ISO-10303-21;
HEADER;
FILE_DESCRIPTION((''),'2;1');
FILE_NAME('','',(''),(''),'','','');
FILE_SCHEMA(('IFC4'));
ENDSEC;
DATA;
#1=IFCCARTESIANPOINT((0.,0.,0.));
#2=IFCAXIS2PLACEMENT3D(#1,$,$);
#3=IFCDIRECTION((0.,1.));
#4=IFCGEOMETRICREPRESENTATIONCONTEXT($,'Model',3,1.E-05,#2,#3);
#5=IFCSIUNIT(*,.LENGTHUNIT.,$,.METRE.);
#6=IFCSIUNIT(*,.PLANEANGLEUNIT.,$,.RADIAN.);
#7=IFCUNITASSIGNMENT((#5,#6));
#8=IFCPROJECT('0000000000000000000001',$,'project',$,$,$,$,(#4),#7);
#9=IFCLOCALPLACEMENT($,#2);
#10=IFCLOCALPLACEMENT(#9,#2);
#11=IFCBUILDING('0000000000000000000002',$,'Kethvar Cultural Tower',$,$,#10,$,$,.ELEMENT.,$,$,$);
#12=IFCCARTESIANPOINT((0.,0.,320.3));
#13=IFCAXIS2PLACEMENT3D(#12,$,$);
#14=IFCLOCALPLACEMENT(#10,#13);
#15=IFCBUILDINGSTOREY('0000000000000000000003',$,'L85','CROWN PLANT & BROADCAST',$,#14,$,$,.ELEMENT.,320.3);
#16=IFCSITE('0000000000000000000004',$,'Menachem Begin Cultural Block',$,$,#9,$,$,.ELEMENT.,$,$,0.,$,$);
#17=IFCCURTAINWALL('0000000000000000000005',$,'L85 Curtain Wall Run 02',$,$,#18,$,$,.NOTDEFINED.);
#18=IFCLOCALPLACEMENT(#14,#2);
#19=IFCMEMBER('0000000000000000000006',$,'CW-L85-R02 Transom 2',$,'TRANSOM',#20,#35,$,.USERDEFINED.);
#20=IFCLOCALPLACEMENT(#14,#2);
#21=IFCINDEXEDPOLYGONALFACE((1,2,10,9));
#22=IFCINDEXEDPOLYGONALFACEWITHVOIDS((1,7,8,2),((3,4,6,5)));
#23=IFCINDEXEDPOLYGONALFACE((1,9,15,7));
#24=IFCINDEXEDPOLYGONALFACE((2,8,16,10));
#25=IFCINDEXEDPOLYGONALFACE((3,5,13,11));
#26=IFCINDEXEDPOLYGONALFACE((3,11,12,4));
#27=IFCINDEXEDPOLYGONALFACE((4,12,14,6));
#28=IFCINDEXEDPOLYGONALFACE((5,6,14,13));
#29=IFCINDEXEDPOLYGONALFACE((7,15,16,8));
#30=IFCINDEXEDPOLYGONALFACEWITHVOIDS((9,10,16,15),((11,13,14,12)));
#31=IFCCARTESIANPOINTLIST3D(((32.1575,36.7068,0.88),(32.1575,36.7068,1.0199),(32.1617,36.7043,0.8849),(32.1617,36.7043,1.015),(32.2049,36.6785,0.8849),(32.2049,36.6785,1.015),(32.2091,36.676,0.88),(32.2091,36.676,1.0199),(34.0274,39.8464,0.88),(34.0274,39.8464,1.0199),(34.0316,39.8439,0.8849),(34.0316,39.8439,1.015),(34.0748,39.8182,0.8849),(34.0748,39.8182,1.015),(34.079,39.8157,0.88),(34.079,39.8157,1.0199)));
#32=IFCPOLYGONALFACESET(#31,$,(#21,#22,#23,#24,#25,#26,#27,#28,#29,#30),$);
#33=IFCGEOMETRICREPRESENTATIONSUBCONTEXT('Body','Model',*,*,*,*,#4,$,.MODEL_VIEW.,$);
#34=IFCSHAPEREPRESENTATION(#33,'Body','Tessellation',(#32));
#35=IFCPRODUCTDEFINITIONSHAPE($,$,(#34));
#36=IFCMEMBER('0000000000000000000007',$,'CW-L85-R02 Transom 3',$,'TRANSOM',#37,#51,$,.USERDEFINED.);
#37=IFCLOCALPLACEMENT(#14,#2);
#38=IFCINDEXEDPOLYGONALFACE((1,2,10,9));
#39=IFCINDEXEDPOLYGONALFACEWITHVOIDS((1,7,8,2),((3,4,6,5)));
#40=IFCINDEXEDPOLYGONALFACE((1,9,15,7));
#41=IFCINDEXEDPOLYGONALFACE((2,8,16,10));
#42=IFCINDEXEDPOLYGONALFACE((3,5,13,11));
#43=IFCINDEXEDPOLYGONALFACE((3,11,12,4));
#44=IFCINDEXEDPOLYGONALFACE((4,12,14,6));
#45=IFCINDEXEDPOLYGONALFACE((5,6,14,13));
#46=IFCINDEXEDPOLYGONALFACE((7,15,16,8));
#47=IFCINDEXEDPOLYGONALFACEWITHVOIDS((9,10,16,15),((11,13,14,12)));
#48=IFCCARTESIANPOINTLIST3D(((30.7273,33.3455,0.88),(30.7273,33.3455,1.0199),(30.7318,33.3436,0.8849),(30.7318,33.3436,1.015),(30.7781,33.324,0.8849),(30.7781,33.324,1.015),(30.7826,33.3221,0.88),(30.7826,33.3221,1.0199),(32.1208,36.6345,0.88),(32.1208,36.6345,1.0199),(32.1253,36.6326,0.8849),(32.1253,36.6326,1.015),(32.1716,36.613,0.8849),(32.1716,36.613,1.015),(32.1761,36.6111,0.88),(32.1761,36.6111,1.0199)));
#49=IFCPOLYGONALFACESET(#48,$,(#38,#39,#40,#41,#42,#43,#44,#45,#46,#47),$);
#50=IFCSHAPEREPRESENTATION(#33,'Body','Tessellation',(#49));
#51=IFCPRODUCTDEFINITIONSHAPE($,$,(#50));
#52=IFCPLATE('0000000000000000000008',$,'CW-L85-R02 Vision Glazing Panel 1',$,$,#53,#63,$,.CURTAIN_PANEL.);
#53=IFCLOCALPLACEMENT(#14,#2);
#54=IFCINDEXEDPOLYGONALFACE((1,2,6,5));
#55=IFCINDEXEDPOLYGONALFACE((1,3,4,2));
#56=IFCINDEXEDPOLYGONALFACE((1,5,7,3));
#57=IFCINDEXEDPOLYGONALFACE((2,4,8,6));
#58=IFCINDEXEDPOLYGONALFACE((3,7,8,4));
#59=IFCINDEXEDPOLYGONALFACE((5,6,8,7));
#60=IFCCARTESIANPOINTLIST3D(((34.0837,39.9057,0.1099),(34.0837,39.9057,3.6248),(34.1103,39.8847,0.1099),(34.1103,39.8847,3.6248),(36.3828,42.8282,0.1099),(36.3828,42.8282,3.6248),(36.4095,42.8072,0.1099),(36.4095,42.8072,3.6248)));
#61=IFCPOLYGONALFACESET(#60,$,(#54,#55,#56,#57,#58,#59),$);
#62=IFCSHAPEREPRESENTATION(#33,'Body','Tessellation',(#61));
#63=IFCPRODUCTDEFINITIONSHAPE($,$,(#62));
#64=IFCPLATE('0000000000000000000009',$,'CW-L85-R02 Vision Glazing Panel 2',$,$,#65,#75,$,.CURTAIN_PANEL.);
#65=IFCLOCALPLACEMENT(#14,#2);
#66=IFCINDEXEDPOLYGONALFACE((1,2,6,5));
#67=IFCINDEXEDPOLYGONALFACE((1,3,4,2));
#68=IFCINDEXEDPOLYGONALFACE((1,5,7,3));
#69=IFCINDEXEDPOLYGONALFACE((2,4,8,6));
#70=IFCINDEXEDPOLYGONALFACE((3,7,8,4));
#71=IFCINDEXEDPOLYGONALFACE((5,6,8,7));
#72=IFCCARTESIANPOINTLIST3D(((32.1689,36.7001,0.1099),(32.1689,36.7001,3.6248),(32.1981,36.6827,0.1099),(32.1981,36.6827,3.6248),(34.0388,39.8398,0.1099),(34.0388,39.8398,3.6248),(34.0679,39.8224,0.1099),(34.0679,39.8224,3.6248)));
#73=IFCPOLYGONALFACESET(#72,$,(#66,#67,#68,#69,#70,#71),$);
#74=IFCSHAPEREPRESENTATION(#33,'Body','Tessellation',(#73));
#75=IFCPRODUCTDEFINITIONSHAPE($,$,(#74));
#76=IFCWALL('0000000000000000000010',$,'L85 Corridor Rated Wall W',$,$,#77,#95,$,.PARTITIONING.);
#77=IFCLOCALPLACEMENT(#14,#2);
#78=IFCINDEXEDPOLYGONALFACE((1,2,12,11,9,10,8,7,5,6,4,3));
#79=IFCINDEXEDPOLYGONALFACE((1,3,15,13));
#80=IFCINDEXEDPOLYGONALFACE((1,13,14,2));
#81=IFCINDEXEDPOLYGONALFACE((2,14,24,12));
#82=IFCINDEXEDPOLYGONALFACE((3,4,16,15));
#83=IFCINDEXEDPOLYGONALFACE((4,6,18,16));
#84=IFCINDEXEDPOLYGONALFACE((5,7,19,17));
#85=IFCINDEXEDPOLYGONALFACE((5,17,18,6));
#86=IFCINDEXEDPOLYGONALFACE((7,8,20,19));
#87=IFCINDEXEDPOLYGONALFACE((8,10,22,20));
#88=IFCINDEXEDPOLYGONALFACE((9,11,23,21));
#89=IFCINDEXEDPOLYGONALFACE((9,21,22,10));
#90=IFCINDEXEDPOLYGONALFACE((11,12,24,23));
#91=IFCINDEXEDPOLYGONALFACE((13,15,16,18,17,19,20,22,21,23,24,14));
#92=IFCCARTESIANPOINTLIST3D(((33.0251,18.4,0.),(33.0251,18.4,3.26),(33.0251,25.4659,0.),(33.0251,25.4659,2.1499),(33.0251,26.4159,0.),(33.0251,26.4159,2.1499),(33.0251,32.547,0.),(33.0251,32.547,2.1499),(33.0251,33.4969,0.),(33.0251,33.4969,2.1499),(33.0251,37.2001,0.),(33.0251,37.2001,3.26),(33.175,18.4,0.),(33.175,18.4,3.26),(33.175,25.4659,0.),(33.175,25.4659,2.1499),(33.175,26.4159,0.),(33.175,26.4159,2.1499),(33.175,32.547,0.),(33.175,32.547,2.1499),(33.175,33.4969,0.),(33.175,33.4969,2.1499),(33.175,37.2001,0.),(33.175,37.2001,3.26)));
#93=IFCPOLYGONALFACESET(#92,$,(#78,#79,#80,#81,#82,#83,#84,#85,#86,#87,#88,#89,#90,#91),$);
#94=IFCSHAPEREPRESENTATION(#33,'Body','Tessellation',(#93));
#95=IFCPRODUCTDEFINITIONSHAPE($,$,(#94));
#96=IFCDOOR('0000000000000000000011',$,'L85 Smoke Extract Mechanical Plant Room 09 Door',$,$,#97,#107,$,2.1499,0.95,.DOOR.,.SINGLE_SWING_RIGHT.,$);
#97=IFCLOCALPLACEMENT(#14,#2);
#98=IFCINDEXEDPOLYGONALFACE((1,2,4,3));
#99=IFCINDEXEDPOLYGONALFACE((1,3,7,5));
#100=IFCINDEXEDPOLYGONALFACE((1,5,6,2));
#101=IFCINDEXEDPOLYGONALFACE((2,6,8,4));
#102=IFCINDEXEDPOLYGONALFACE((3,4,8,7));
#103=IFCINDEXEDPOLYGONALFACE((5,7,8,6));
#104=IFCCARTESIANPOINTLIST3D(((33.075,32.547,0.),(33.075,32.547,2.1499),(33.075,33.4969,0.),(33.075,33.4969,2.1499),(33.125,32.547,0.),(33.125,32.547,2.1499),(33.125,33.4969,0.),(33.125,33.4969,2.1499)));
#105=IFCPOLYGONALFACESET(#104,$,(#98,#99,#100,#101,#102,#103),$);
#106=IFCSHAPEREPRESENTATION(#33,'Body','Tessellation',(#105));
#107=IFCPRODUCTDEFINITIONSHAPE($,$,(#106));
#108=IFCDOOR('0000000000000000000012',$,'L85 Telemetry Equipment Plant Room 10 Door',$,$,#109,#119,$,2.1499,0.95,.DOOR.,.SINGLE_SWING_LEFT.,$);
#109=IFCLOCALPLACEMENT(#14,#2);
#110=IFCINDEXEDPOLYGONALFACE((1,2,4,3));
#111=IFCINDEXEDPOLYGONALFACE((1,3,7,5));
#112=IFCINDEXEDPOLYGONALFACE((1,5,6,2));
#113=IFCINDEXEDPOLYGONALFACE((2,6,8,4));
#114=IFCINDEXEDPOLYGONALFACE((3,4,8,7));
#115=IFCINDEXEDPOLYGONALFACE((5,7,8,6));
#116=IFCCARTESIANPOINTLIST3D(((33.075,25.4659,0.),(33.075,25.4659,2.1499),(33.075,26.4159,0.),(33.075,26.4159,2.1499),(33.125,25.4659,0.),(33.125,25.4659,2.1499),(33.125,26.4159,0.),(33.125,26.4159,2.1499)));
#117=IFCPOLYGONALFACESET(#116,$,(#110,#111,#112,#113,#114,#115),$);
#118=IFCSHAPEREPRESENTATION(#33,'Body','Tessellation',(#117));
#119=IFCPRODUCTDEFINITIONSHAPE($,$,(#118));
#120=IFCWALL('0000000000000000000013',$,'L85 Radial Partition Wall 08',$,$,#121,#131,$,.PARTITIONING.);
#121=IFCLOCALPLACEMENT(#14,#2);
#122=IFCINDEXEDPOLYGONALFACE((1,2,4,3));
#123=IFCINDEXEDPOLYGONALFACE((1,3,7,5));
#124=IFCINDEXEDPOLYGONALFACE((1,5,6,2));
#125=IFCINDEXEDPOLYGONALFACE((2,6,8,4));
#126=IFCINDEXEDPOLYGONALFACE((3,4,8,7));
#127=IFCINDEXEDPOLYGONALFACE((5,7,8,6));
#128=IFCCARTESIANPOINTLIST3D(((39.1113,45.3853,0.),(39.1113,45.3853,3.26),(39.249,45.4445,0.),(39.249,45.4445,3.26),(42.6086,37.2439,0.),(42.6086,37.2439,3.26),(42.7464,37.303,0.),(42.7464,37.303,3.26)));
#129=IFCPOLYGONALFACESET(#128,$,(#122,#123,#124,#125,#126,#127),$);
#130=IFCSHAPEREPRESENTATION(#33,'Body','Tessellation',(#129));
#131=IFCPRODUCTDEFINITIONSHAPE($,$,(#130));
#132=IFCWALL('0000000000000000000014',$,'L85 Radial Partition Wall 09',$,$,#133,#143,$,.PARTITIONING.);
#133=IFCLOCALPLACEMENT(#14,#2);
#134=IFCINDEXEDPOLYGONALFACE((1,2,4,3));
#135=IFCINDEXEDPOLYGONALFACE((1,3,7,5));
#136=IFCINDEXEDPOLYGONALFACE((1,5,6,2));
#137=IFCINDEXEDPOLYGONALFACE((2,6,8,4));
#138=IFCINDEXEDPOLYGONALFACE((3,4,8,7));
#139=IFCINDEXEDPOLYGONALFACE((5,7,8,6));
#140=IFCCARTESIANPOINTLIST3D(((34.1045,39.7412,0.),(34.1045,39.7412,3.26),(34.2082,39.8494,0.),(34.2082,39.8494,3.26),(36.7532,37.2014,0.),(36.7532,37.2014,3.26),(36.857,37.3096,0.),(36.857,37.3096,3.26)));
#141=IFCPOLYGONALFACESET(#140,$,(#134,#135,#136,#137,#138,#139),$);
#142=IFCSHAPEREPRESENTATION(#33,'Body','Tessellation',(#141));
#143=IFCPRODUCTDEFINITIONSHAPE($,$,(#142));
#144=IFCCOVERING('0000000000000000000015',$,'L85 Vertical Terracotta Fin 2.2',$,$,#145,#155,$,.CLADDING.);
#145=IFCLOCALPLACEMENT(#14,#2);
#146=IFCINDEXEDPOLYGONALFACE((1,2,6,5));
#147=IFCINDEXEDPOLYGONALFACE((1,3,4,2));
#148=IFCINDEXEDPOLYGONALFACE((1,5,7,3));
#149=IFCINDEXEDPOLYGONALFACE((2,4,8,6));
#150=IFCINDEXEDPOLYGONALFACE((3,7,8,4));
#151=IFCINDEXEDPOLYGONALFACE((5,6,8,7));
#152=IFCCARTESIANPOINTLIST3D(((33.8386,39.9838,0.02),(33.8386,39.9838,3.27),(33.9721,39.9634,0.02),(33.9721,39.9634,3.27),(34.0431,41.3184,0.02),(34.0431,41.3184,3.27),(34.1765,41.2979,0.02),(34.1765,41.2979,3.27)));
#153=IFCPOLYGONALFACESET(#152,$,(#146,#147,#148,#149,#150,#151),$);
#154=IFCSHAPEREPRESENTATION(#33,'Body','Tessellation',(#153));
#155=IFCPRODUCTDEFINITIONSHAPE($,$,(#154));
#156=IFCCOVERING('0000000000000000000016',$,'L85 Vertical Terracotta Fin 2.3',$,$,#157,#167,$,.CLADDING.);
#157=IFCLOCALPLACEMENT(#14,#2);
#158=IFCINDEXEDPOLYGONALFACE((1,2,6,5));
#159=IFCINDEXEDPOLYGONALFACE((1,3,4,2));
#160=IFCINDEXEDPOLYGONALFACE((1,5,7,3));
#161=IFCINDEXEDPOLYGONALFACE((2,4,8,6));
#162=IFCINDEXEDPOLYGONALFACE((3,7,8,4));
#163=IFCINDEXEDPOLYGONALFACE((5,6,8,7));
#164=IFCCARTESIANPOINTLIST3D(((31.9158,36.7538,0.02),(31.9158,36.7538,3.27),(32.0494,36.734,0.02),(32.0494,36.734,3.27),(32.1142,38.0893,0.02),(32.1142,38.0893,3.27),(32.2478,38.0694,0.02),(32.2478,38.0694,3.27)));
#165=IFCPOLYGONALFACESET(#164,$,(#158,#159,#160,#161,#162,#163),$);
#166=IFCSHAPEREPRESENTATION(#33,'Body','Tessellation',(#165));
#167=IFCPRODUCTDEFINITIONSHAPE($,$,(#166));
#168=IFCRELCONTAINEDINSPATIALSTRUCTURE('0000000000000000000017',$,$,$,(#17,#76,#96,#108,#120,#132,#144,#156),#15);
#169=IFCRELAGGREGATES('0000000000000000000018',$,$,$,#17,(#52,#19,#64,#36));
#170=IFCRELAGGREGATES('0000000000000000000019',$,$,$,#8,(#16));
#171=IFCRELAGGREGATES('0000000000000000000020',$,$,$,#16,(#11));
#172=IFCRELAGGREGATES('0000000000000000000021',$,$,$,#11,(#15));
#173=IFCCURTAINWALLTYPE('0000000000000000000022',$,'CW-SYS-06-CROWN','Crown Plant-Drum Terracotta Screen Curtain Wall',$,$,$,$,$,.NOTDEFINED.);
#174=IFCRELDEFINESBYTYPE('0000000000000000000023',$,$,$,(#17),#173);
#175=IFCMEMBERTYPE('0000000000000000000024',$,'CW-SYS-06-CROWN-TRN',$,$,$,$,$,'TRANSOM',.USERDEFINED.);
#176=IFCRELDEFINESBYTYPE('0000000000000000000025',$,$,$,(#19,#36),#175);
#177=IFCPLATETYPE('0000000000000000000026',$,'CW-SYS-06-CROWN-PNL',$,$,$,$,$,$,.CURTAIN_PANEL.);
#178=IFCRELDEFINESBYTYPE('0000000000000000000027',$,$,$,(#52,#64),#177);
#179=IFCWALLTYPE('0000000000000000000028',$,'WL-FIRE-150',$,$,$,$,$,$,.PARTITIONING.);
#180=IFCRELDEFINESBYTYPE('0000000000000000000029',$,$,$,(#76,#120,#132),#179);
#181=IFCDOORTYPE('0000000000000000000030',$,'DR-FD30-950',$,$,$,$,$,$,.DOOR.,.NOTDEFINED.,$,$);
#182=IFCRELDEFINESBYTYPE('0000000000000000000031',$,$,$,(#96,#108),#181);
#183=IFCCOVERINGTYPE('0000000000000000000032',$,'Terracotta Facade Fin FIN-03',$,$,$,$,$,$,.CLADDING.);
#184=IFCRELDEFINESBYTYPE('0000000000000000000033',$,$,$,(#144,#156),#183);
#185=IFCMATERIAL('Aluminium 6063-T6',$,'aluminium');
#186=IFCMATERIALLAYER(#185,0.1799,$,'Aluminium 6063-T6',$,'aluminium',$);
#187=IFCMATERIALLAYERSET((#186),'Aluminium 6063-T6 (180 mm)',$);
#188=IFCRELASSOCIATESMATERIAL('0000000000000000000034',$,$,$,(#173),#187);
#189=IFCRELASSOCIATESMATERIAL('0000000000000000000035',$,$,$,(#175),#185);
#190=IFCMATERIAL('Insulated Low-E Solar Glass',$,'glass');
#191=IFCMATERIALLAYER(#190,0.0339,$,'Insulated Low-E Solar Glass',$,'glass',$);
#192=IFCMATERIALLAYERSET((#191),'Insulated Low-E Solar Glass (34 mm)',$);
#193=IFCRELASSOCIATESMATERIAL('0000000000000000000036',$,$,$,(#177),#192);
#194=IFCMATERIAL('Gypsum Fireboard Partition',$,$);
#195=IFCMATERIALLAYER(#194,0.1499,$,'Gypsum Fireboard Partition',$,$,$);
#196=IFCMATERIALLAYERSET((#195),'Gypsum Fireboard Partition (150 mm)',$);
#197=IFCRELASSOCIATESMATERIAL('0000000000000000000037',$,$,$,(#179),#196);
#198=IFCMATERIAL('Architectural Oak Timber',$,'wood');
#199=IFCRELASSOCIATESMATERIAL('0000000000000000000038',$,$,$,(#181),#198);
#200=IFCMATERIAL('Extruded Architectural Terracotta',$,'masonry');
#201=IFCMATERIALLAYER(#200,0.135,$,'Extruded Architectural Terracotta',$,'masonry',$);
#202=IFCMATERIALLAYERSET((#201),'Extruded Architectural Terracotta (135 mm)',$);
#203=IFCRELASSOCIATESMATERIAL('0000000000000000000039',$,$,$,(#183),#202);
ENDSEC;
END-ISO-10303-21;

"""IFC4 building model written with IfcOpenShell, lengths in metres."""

from ifc_helpers import new_model, si_unit, direction, frame, frame_2d, origin, origin_2d, place, context, subcontext, project, spatial, rectangle, hollow_rectangle, extrude, source, transform, mapped, material, layer, layer_set, material_profile, profile_set, type_object, element, fill, aggregate, save


model = new_model("IFC4")

# Units and contexts
model_context = context("Model", 3, precision=1e-05, world=origin(), true_north=direction((0.0, 1.0)))
body_context = subcontext(model_context, "Body", "Model", "MODEL_VIEW")
ifc_project = project(units=[si_unit("LENGTHUNIT", "METRE"), si_unit("PLANEANGLEUNIT", "RADIAN")], contexts=[model_context])

# Site, building, storey
site_placement = place(None, origin())
site = spatial("IfcSite", under=ifc_project, at=site_placement, Name="Menachem Begin Cultural Block", CompositionType="ELEMENT", RefElevation=0.0)
building_placement = place(site_placement, origin())
building = spatial("IfcBuilding", under=site, at=building_placement, Name="Kethvar Cultural Tower", CompositionType="ELEMENT")
storey_placement = place(building_placement, frame((0.0, 0.0, 320.3)))
storey = spatial("IfcBuildingStorey", under=building, at=storey_placement, Name="L85", Description="CROWN PLANT & BROADCAST", CompositionType="ELEMENT", Elevation=320.3)

# Curtain wall, members, plates
ifc_material_1 = material(Name="Aluminium 6063-T6", Category="aluminium")
ifc_layer_1 = layer(ifc_material_1, 0.1799, Name="Aluminium 6063-T6", Category="aluminium")
ifc_layer_set_1 = layer_set([ifc_layer_1], Name="Aluminium 6063-T6 (180 mm)")
curtain_wall_type = type_object("IfcCurtainWallType", Name="CW-SYS-06-CROWN", Description="Crown Plant-Drum Terracotta Screen Curtain Wall", PredefinedType="NOTDEFINED", material=ifc_layer_set_1)
curtain_wall_placement = place(storey_placement, origin())
curtain_wall = element("IfcCurtainWall", 1, at=curtain_wall_placement, inside=storey, type_object=curtain_wall_type, Name="L85 Curtain Wall Run 02", PredefinedType="NOTDEFINED")
ifc_material_profile_1 = material_profile(ifc_material_1, hollow_rectangle(XDim=0.0601, YDim=0.1399, WallThickness=0.0049, at=origin_2d()), Name="Aluminium 6063-T6 — RHS140x60x5")
ifc_profile_set_1 = profile_set([ifc_material_profile_1], Name="Aluminium 6063-T6 — RHS140x60x5")
member_type_1 = type_object("IfcMemberType", Name="CW-SYS-06-CROWN-TRN", ElementType="TRANSOM", PredefinedType="USERDEFINED", material=ifc_profile_set_1)
shared_shape_1 = source(origin(), body_context, "Body", "SweptSolid", [
    extrude(hollow_rectangle(XDim=0.0601, YDim=0.1399, WallThickness=0.0049, at=origin_2d()), origin(), (0.0, 0.0, 1.0), 3.6543),
])
member_1_placement = place(storey_placement, frame((34.0532, 39.8311, 0.95), z_axis=(-0.511693, -0.859168, 0.0), x_axis=(0.859168, -0.511693, 0.0)))
member_1 = element("IfcMember", 2, at=member_1_placement, type_object=member_type_1, Name="CW-L85-R02 Transom 2", ObjectType="TRANSOM", PredefinedType="USERDEFINED", context=body_context, shape_type="MappedRepresentation", body=[
    mapped(shared_shape_1, transform((0.0, 0.0, 0.0), scale=1.0)),
])
shared_shape_2 = source(origin(), body_context, "Body", "SweptSolid", [
    extrude(hollow_rectangle(XDim=0.0601, YDim=0.1399, WallThickness=0.0049, at=origin_2d()), origin(), (0.0, 0.0, 1.0), 3.572),
])
member_2_placement = place(storey_placement, frame((32.1484, 36.6228, 0.95), z_axis=(-0.390122, -0.920763, 0.0), x_axis=(0.920763, -0.390122, 0.0)))
member_2 = element("IfcMember", 3, at=member_2_placement, type_object=member_type_1, Name="CW-L85-R02 Transom 3", ObjectType="TRANSOM", PredefinedType="USERDEFINED", context=body_context, shape_type="MappedRepresentation", body=[
    mapped(shared_shape_2, transform((0.0, 0.0, 0.0), scale=1.0)),
])
ifc_material_2 = material(Name="Insulated Low-E Solar Glass", Category="glass")
ifc_layer_2 = layer(ifc_material_2, 0.0339, Name="Insulated Low-E Solar Glass", Category="glass")
ifc_layer_set_2 = layer_set([ifc_layer_2], Name="Insulated Low-E Solar Glass (34 mm)")
plate_type = type_object("IfcPlateType", Name="CW-SYS-06-CROWN-PNL", PredefinedType="CURTAIN_PANEL", material=ifc_layer_set_2)
shared_shape_3 = source(origin(), body_context, "Body", "SweptSolid", [
    extrude(rectangle(XDim=3.7185, YDim=0.0339, at=origin_2d()), origin(), (0.0, 0.0, 1.0), 3.5149),
])
plate_1_placement = place(storey_placement, frame((35.2466, 41.3564, 0.1099), z_axis=(0.0, 0.0, 1.0), x_axis=(-0.618299, -0.785943, 0.0)))
plate_1 = element("IfcPlate", 4, at=plate_1_placement, type_object=plate_type, Name="CW-L85-R02 Vision Glazing Panel 1", PredefinedType="CURTAIN_PANEL", context=body_context, shape_type="MappedRepresentation", body=[
    mapped(shared_shape_3, transform((0.0, 0.0, 0.0), scale=1.0)),
])
shared_shape_4 = source(origin(), body_context, "Body", "SweptSolid", [
    extrude(rectangle(XDim=3.6543, YDim=0.0339, at=origin_2d()), origin(), (0.0, 0.0, 1.0), 3.5149),
])
plate_2_placement = place(storey_placement, frame((33.1184, 38.2612, 0.1099), z_axis=(0.0, 0.0, 1.0), x_axis=(-0.511683, -0.859174, 0.0)))
plate_2 = element("IfcPlate", 5, at=plate_2_placement, type_object=plate_type, Name="CW-L85-R02 Vision Glazing Panel 2", PredefinedType="CURTAIN_PANEL", context=body_context, shape_type="MappedRepresentation", body=[
    mapped(shared_shape_4, transform((0.0, 0.0, 0.0), scale=1.0)),
])
aggregate(curtain_wall, [plate_1, member_1, plate_2, member_2])

# Wall, openings, doors
ifc_material_3 = material(Name="Gypsum Fireboard Partition")
ifc_layer_3 = layer(ifc_material_3, 0.1499, Name="Gypsum Fireboard Partition")
ifc_layer_set_3 = layer_set([ifc_layer_3], Name="Gypsum Fireboard Partition (150 mm)")
wall_type = type_object("IfcWallType", Name="WL-FIRE-150", PredefinedType="PARTITIONING", material=ifc_layer_set_3)
wall_1_placement = place(storey_placement, frame((33.1001, 37.2, 0.0), z_axis=(0.0, 0.0, 1.0), x_axis=(0.0, -1.0, 0.0)))
wall_1 = element("IfcWall", 6, at=wall_1_placement, inside=storey, type_object=wall_type, Name="L85 Corridor Rated Wall W", PredefinedType="PARTITIONING", context=body_context, shape_type="SweptSolid", body=[
    extrude(rectangle(XDim=18.8, YDim=0.1499, at=frame_2d((9.3999, 0.0))), origin(), (0.0, 0.0, 1.0), 3.26),
])
opening_1_placement = place(wall_1_placement, frame((3.7029, 0.0, 0.0)))
opening_1 = element("IfcOpeningElement", 7, at=opening_1_placement, cuts=wall_1, PredefinedType="OPENING", context=body_context, shape_type="SweptSolid", body=[
    extrude(rectangle(XDim=0.95, YDim=2.1499, at=frame_2d((0.4751, 1.075))), frame((0.0, 0.085, 0.0), z_axis=(0.0, -1.0, 0.0), x_axis=(1.0, 0.0, 0.0)), (0.0, 0.0, 1.0), 0.1699),
])
opening_2_placement = place(wall_1_placement, frame((10.7839, 0.0, 0.0)))
opening_2 = element("IfcOpeningElement", 8, at=opening_2_placement, cuts=wall_1, PredefinedType="OPENING", context=body_context, shape_type="SweptSolid", body=[
    extrude(rectangle(XDim=0.95, YDim=2.1499, at=frame_2d((0.4751, 1.075))), frame((0.0, 0.085, 0.0), z_axis=(0.0, -1.0, 0.0), x_axis=(1.0, 0.0, 0.0)), (0.0, 0.0, 1.0), 0.1699),
])
ifc_material_4 = material(Name="Architectural Oak Timber", Category="wood")
door_type = type_object("IfcDoorType", Name="DR-FD30-950", OperationType="NOTDEFINED", PredefinedType="DOOR", material=ifc_material_4)
shared_shape_5 = source(origin(), body_context, "Body", "SweptSolid", [
    extrude(rectangle(XDim=0.95, YDim=2.1499, at=frame_2d((0.4751, 1.075))), frame((0.0, 0.0249, 0.0), z_axis=(0.0, -1.0, 0.0), x_axis=(1.0, 0.0, 0.0)), (0.0, 0.0, 1.0), 0.05),
])
door_1_placement = place(opening_1_placement, origin())
door_1 = element("IfcDoor", 9, at=door_1_placement, inside=storey, type_object=door_type, Name="L85 Smoke Extract Mechanical Plant Room 09 Door", OperationType="SINGLE_SWING_RIGHT", OverallHeight=2.1499, OverallWidth=0.95, PredefinedType="DOOR", context=body_context, shape_type="MappedRepresentation", body=[
    mapped(shared_shape_5, transform((0.0, 0.0, 0.0), scale=1.0)),
])
fill(opening_1, door_1)
door_2_placement = place(opening_2_placement, origin())
door_2 = element("IfcDoor", 10, at=door_2_placement, inside=storey, type_object=door_type, Name="L85 Telemetry Equipment Plant Room 10 Door", OperationType="SINGLE_SWING_LEFT", OverallHeight=2.1499, OverallWidth=0.95, PredefinedType="DOOR", context=body_context, shape_type="MappedRepresentation", body=[
    mapped(shared_shape_5, transform((0.0, 0.0, 0.0), scale=1.0)),
])
fill(opening_2, door_2)

# Walls
wall_2_placement = place(storey_placement, frame((42.6775, 37.2734, 0.0), z_axis=(0.0, 0.0, 1.0), x_axis=(-0.394697, 0.918811, 0.0)))
element("IfcWall", 11, at=wall_2_placement, inside=storey, type_object=wall_type, Name="L85 Radial Partition Wall 08", PredefinedType="PARTITIONING", context=body_context, shape_type="SweptSolid", body=[
    extrude(rectangle(XDim=8.8608, YDim=0.1499, at=frame_2d((4.4304, 0.0))), origin(), (0.0, 0.0, 1.0), 3.26),
])
wall_3_placement = place(storey_placement, frame((36.8052, 37.2554, 0.0), z_axis=(0.0, 0.0, 1.0), x_axis=(-0.721787, 0.692115, 0.0)))
element("IfcWall", 12, at=wall_3_placement, inside=storey, type_object=wall_type, Name="L85 Radial Partition Wall 09", PredefinedType="PARTITIONING", context=body_context, shape_type="SweptSolid", body=[
    extrude(rectangle(XDim=3.6697, YDim=0.1499, at=frame_2d((1.835, 0.0))), origin(), (0.0, 0.0, 1.0), 3.26),
])

# Coverings
ifc_material_5 = material(Name="Extruded Architectural Terracotta", Category="masonry")
ifc_layer_4 = layer(ifc_material_5, 0.135, Name="Extruded Architectural Terracotta", Category="masonry")
ifc_layer_set_4 = layer_set([ifc_layer_4], Name="Extruded Architectural Terracotta (135 mm)")
covering_type = type_object("IfcCoveringType", Name="Terracotta Facade Fin FIN-03", PredefinedType="CLADDING", material=ifc_layer_set_4)
shared_shape_6 = source(origin(), body_context, "Body", "SweptSolid", [
    extrude(rectangle(XDim=1.3501, YDim=0.135, at=origin_2d()), origin(), (0.0, 0.0, 1.0), 3.25),
])
for number, where, z_axis, x_axis, name in (
    (13, (34.0076, 40.6409, 0.02), (0.0, 0.0, 1.0), (0.151433, 0.988467, 0.0), "L85 Vertical Terracotta Fin 2.2"),
    (14, (32.0818, 37.4116, 0.02), (0.0, 0.0, 1.0), (0.146946, 0.989144, 0.0), "L85 Vertical Terracotta Fin 2.3"),
):
    element("IfcCovering", number, at=place(storey_placement, frame(where, z_axis=z_axis, x_axis=x_axis)), inside=storey, type_object=covering_type, Name=name, PredefinedType="CLADDING", context=body_context, shape_type="MappedRepresentation", body=[
        mapped(shared_shape_6, transform((0.0, 0.0, 0.0), scale=1.0)),
    ])

save(model, "model.ifc")
